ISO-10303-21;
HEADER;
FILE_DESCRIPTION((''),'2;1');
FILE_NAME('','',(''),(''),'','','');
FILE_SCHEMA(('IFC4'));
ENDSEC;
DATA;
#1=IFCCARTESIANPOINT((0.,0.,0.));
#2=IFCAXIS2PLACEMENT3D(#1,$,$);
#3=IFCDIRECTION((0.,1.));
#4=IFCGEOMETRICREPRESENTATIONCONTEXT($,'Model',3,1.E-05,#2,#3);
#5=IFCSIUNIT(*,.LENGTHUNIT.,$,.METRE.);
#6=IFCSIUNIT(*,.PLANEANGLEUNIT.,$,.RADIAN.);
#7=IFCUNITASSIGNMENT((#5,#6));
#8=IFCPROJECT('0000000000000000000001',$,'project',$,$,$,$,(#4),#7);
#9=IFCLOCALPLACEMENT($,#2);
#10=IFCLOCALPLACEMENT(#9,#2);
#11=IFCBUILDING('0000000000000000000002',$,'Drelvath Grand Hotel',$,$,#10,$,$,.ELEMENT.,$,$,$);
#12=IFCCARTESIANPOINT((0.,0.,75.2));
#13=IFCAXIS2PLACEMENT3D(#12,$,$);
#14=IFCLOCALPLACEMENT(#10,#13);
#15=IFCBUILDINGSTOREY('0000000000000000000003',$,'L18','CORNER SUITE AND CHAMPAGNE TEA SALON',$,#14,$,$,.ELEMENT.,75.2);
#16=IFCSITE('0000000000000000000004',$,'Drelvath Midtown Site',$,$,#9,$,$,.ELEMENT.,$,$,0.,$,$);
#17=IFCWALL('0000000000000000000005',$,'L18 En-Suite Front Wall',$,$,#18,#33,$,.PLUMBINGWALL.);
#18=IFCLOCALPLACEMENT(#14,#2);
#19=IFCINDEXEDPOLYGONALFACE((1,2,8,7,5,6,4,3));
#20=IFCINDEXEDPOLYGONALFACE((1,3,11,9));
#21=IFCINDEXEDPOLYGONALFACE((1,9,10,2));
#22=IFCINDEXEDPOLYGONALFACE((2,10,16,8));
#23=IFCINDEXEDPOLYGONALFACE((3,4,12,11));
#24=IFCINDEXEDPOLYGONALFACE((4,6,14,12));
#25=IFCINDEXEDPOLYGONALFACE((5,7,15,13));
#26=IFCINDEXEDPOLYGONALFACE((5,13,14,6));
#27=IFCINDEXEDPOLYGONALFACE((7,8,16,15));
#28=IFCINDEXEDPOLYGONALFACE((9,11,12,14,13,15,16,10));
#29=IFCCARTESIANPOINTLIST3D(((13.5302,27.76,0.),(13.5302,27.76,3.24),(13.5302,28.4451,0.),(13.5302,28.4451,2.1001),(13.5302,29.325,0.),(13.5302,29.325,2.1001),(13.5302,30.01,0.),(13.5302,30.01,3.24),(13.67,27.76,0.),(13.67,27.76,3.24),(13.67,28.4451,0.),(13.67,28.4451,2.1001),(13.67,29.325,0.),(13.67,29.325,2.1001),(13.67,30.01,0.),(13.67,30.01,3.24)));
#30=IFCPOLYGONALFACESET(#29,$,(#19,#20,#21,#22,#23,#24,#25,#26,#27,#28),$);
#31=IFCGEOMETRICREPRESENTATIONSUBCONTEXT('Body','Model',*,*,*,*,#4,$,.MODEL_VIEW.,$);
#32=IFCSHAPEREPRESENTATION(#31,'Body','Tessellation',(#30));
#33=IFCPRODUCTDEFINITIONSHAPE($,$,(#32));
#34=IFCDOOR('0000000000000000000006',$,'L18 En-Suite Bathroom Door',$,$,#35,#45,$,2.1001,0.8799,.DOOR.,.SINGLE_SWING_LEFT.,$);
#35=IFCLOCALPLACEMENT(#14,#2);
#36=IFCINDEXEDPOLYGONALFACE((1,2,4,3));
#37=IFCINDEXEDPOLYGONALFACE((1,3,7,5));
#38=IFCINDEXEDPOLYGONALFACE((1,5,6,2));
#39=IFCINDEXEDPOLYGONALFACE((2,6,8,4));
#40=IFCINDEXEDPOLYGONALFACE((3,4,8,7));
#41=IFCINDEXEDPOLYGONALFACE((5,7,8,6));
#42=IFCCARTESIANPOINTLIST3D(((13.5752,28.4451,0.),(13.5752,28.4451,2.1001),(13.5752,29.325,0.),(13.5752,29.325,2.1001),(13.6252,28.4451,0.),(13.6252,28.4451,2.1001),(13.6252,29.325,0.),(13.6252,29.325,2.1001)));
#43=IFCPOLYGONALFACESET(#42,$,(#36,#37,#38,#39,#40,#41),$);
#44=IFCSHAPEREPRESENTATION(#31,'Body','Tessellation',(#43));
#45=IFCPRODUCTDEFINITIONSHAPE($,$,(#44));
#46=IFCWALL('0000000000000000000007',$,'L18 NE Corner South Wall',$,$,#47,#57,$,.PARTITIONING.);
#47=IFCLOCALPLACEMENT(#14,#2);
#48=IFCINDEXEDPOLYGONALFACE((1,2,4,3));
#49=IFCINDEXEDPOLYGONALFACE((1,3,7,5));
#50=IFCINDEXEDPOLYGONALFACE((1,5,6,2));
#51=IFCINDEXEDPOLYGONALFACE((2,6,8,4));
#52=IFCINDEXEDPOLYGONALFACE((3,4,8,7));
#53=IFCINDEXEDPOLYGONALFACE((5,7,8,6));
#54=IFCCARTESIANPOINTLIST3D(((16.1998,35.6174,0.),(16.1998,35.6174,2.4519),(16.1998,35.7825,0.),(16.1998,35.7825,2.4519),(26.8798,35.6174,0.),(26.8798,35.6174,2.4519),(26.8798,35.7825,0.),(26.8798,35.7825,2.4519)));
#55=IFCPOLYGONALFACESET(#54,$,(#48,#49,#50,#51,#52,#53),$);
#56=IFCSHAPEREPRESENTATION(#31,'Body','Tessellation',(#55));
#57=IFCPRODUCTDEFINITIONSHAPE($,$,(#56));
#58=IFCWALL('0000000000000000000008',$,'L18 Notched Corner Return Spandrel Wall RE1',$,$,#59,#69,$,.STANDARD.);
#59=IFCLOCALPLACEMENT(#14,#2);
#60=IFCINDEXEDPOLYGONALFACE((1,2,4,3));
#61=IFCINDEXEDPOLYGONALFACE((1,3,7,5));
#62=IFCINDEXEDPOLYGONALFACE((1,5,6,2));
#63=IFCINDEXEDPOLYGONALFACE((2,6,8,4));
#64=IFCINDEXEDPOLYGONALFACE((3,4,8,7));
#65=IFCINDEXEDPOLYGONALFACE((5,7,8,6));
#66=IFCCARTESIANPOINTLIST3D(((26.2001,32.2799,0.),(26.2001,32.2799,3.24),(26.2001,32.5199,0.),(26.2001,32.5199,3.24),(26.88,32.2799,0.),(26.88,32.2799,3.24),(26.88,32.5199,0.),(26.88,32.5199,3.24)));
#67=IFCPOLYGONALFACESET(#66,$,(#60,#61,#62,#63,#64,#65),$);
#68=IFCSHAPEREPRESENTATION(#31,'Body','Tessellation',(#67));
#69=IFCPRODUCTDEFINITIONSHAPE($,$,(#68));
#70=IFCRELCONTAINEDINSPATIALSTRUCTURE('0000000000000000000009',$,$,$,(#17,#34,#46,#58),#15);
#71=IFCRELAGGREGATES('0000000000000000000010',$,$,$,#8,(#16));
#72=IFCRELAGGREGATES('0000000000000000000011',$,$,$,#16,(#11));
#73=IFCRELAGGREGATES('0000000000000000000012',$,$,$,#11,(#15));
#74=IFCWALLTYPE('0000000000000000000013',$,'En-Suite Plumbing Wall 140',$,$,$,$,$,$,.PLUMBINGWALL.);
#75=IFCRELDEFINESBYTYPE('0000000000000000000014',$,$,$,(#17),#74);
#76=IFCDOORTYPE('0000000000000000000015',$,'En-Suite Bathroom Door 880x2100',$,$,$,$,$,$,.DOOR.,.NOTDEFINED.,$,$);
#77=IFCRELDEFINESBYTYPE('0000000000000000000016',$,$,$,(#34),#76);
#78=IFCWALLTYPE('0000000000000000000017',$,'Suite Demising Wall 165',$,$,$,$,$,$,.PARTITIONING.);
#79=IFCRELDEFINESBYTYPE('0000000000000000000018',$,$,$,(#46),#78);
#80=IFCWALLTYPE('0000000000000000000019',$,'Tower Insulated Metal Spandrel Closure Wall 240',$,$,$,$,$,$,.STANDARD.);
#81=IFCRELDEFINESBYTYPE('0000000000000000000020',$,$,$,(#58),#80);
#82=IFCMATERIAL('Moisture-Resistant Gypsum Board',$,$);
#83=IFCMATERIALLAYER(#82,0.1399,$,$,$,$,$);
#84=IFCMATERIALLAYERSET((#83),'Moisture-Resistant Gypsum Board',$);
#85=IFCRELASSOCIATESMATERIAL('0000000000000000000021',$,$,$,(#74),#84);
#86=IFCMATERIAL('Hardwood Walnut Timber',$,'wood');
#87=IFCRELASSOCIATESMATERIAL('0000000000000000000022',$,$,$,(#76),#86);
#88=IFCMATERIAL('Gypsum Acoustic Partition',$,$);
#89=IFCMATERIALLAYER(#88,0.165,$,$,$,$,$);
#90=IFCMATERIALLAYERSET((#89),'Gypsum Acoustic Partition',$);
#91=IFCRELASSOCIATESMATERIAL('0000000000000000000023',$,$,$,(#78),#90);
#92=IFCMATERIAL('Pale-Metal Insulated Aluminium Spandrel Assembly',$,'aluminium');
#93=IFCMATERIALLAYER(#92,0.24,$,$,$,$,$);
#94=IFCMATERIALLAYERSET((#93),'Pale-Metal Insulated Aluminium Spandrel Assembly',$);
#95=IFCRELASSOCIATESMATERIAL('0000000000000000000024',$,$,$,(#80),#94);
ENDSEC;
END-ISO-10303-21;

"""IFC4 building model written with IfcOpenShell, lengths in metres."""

from ifc_helpers import new_model, si_unit, direction, frame, frame_2d, origin, place, context, subcontext, project, spatial, rectangle, extrude, material, layer, layer_set, type_object, element, fill, save


model = new_model("IFC4")

# Units and contexts
model_context = context("Model", 3, precision=1e-05, world=origin(), true_north=direction((0.0, 1.0)))
body_context = subcontext(model_context, "Body", "Model", "MODEL_VIEW")
ifc_project = project(units=[si_unit("LENGTHUNIT", "METRE"), si_unit("PLANEANGLEUNIT", "RADIAN")], contexts=[model_context])

# Site, building, storey
site_placement = place(None, origin())
site = spatial("IfcSite", under=ifc_project, at=site_placement, Name="Drelvath Midtown Site", CompositionType="ELEMENT", RefElevation=0.0)
building_placement = place(site_placement, origin())
building = spatial("IfcBuilding", under=site, at=building_placement, Name="Drelvath Grand Hotel", CompositionType="ELEMENT")
storey_placement = place(building_placement, frame((0.0, 0.0, 75.2)))
storey = spatial("IfcBuildingStorey", under=building, at=storey_placement, Name="L18", Description="CORNER SUITE AND CHAMPAGNE TEA SALON", CompositionType="ELEMENT", Elevation=75.2)

# Shared definitions
ifc_material_1 = material(Name="Hardwood Walnut Timber", Category="wood")

# Shared definitions
ifc_material_2 = material(Name="Moisture-Resistant Gypsum Board")
ifc_layer_1 = layer(ifc_material_2, 0.1399)
ifc_layer_set_1 = layer_set([ifc_layer_1], Name="Moisture-Resistant Gypsum Board")
wall_type_1 = type_object("IfcWallType", Name="En-Suite Plumbing Wall 140", PredefinedType="PLUMBINGWALL", material=ifc_layer_set_1)

# Wall, opening, door
wall_1_placement = place(storey_placement, frame((13.6001, 27.76, 0.0), z_axis=(0.0, 0.0, 1.0), x_axis=(0.0, 1.0, 0.0)))
wall_1 = element("IfcWall", 1, at=wall_1_placement, inside=storey, type_object=wall_type_1, Name="L18 En-Suite Front Wall", PredefinedType="PLUMBINGWALL", context=body_context, shape_type="SweptSolid", body=[
    extrude(rectangle(XDim=2.25, YDim=0.1399, at=frame_2d((1.125, 0.0))), origin(), (0.0, 0.0, 1.0), 3.24),
])
opening_1_placement = place(wall_1_placement, frame((0.6851, 0.0, 0.0)))
opening_1 = element("IfcOpeningElement", 2, at=opening_1_placement, cuts=wall_1, PredefinedType="OPENING", context=body_context, shape_type="SweptSolid", body=[
    extrude(rectangle(XDim=0.8799, YDim=2.1001, at=frame_2d((0.4399, 1.05))), frame((0.0, 0.0798, 0.0), z_axis=(0.0, -1.0, 0.0), x_axis=(1.0, 0.0, 0.0)), (0.0, 0.0, 1.0), 0.1599),
])
door_type_1 = type_object("IfcDoorType", Name="En-Suite Bathroom Door 880x2100", OperationType="NOTDEFINED", PredefinedType="DOOR", material=ifc_material_1)
door_1_placement = place(opening_1_placement, origin())
door_1 = element("IfcDoor", 3, at=door_1_placement, inside=storey, type_object=door_type_1, Name="L18 En-Suite Bathroom Door", OperationType="SINGLE_SWING_LEFT", OverallHeight=2.1001, OverallWidth=0.8799, PredefinedType="DOOR", context=body_context, shape_type="SweptSolid", body=[
    extrude(rectangle(XDim=0.8799, YDim=2.1001, at=frame_2d((0.4399, 1.05))), frame((0.0, 0.0249, 0.0), z_axis=(0.0, -1.0, 0.0), x_axis=(1.0, 0.0, 0.0)), (0.0, 0.0, 1.0), 0.05),
])
fill(opening_1, door_1)

# Walls
ifc_material_3 = material(Name="Gypsum Acoustic Partition")
ifc_layer_2 = layer(ifc_material_3, 0.165)
ifc_layer_set_2 = layer_set([ifc_layer_2], Name="Gypsum Acoustic Partition")
wall_type_2 = type_object("IfcWallType", Name="Suite Demising Wall 165", PredefinedType="PARTITIONING", material=ifc_layer_set_2)
wall_2_placement = place(storey_placement, frame((16.2, 35.7, 0.0), z_axis=(0.0, 0.0, 1.0), x_axis=(1.0, 0.0, 0.0)))
element("IfcWall", 4, at=wall_2_placement, inside=storey, type_object=wall_type_2, Name="L18 NE Corner South Wall", PredefinedType="PARTITIONING", context=body_context, shape_type="SweptSolid", body=[
    extrude(rectangle(XDim=10.6799, YDim=0.165, at=frame_2d((5.3398, 0.0))), origin(), (0.0, 0.0, 1.0), 2.4519),
])
ifc_material_4 = material(Name="Pale-Metal Insulated Aluminium Spandrel Assembly", Category="aluminium")
ifc_layer_3 = layer(ifc_material_4, 0.24)
ifc_layer_set_3 = layer_set([ifc_layer_3], Name="Pale-Metal Insulated Aluminium Spandrel Assembly")
wall_type_3 = type_object("IfcWallType", Name="Tower Insulated Metal Spandrel Closure Wall 240", PredefinedType="STANDARD", material=ifc_layer_set_3)
wall_3_placement = place(storey_placement, frame((26.8799, 32.3999, 0.0), z_axis=(0.0, 0.0, 1.0), x_axis=(-1.0, 0.0, 0.0)))
element("IfcWall", 5, at=wall_3_placement, inside=storey, type_object=wall_type_3, Name="L18 Notched Corner Return Spandrel Wall RE1", PredefinedType="STANDARD", context=body_context, shape_type="SweptSolid", body=[
    extrude(rectangle(XDim=0.6799, YDim=0.24, at=frame_2d((0.3398, 0.0))), origin(), (0.0, 0.0, 1.0), 3.24),
])

save(model, "model.ifc")
